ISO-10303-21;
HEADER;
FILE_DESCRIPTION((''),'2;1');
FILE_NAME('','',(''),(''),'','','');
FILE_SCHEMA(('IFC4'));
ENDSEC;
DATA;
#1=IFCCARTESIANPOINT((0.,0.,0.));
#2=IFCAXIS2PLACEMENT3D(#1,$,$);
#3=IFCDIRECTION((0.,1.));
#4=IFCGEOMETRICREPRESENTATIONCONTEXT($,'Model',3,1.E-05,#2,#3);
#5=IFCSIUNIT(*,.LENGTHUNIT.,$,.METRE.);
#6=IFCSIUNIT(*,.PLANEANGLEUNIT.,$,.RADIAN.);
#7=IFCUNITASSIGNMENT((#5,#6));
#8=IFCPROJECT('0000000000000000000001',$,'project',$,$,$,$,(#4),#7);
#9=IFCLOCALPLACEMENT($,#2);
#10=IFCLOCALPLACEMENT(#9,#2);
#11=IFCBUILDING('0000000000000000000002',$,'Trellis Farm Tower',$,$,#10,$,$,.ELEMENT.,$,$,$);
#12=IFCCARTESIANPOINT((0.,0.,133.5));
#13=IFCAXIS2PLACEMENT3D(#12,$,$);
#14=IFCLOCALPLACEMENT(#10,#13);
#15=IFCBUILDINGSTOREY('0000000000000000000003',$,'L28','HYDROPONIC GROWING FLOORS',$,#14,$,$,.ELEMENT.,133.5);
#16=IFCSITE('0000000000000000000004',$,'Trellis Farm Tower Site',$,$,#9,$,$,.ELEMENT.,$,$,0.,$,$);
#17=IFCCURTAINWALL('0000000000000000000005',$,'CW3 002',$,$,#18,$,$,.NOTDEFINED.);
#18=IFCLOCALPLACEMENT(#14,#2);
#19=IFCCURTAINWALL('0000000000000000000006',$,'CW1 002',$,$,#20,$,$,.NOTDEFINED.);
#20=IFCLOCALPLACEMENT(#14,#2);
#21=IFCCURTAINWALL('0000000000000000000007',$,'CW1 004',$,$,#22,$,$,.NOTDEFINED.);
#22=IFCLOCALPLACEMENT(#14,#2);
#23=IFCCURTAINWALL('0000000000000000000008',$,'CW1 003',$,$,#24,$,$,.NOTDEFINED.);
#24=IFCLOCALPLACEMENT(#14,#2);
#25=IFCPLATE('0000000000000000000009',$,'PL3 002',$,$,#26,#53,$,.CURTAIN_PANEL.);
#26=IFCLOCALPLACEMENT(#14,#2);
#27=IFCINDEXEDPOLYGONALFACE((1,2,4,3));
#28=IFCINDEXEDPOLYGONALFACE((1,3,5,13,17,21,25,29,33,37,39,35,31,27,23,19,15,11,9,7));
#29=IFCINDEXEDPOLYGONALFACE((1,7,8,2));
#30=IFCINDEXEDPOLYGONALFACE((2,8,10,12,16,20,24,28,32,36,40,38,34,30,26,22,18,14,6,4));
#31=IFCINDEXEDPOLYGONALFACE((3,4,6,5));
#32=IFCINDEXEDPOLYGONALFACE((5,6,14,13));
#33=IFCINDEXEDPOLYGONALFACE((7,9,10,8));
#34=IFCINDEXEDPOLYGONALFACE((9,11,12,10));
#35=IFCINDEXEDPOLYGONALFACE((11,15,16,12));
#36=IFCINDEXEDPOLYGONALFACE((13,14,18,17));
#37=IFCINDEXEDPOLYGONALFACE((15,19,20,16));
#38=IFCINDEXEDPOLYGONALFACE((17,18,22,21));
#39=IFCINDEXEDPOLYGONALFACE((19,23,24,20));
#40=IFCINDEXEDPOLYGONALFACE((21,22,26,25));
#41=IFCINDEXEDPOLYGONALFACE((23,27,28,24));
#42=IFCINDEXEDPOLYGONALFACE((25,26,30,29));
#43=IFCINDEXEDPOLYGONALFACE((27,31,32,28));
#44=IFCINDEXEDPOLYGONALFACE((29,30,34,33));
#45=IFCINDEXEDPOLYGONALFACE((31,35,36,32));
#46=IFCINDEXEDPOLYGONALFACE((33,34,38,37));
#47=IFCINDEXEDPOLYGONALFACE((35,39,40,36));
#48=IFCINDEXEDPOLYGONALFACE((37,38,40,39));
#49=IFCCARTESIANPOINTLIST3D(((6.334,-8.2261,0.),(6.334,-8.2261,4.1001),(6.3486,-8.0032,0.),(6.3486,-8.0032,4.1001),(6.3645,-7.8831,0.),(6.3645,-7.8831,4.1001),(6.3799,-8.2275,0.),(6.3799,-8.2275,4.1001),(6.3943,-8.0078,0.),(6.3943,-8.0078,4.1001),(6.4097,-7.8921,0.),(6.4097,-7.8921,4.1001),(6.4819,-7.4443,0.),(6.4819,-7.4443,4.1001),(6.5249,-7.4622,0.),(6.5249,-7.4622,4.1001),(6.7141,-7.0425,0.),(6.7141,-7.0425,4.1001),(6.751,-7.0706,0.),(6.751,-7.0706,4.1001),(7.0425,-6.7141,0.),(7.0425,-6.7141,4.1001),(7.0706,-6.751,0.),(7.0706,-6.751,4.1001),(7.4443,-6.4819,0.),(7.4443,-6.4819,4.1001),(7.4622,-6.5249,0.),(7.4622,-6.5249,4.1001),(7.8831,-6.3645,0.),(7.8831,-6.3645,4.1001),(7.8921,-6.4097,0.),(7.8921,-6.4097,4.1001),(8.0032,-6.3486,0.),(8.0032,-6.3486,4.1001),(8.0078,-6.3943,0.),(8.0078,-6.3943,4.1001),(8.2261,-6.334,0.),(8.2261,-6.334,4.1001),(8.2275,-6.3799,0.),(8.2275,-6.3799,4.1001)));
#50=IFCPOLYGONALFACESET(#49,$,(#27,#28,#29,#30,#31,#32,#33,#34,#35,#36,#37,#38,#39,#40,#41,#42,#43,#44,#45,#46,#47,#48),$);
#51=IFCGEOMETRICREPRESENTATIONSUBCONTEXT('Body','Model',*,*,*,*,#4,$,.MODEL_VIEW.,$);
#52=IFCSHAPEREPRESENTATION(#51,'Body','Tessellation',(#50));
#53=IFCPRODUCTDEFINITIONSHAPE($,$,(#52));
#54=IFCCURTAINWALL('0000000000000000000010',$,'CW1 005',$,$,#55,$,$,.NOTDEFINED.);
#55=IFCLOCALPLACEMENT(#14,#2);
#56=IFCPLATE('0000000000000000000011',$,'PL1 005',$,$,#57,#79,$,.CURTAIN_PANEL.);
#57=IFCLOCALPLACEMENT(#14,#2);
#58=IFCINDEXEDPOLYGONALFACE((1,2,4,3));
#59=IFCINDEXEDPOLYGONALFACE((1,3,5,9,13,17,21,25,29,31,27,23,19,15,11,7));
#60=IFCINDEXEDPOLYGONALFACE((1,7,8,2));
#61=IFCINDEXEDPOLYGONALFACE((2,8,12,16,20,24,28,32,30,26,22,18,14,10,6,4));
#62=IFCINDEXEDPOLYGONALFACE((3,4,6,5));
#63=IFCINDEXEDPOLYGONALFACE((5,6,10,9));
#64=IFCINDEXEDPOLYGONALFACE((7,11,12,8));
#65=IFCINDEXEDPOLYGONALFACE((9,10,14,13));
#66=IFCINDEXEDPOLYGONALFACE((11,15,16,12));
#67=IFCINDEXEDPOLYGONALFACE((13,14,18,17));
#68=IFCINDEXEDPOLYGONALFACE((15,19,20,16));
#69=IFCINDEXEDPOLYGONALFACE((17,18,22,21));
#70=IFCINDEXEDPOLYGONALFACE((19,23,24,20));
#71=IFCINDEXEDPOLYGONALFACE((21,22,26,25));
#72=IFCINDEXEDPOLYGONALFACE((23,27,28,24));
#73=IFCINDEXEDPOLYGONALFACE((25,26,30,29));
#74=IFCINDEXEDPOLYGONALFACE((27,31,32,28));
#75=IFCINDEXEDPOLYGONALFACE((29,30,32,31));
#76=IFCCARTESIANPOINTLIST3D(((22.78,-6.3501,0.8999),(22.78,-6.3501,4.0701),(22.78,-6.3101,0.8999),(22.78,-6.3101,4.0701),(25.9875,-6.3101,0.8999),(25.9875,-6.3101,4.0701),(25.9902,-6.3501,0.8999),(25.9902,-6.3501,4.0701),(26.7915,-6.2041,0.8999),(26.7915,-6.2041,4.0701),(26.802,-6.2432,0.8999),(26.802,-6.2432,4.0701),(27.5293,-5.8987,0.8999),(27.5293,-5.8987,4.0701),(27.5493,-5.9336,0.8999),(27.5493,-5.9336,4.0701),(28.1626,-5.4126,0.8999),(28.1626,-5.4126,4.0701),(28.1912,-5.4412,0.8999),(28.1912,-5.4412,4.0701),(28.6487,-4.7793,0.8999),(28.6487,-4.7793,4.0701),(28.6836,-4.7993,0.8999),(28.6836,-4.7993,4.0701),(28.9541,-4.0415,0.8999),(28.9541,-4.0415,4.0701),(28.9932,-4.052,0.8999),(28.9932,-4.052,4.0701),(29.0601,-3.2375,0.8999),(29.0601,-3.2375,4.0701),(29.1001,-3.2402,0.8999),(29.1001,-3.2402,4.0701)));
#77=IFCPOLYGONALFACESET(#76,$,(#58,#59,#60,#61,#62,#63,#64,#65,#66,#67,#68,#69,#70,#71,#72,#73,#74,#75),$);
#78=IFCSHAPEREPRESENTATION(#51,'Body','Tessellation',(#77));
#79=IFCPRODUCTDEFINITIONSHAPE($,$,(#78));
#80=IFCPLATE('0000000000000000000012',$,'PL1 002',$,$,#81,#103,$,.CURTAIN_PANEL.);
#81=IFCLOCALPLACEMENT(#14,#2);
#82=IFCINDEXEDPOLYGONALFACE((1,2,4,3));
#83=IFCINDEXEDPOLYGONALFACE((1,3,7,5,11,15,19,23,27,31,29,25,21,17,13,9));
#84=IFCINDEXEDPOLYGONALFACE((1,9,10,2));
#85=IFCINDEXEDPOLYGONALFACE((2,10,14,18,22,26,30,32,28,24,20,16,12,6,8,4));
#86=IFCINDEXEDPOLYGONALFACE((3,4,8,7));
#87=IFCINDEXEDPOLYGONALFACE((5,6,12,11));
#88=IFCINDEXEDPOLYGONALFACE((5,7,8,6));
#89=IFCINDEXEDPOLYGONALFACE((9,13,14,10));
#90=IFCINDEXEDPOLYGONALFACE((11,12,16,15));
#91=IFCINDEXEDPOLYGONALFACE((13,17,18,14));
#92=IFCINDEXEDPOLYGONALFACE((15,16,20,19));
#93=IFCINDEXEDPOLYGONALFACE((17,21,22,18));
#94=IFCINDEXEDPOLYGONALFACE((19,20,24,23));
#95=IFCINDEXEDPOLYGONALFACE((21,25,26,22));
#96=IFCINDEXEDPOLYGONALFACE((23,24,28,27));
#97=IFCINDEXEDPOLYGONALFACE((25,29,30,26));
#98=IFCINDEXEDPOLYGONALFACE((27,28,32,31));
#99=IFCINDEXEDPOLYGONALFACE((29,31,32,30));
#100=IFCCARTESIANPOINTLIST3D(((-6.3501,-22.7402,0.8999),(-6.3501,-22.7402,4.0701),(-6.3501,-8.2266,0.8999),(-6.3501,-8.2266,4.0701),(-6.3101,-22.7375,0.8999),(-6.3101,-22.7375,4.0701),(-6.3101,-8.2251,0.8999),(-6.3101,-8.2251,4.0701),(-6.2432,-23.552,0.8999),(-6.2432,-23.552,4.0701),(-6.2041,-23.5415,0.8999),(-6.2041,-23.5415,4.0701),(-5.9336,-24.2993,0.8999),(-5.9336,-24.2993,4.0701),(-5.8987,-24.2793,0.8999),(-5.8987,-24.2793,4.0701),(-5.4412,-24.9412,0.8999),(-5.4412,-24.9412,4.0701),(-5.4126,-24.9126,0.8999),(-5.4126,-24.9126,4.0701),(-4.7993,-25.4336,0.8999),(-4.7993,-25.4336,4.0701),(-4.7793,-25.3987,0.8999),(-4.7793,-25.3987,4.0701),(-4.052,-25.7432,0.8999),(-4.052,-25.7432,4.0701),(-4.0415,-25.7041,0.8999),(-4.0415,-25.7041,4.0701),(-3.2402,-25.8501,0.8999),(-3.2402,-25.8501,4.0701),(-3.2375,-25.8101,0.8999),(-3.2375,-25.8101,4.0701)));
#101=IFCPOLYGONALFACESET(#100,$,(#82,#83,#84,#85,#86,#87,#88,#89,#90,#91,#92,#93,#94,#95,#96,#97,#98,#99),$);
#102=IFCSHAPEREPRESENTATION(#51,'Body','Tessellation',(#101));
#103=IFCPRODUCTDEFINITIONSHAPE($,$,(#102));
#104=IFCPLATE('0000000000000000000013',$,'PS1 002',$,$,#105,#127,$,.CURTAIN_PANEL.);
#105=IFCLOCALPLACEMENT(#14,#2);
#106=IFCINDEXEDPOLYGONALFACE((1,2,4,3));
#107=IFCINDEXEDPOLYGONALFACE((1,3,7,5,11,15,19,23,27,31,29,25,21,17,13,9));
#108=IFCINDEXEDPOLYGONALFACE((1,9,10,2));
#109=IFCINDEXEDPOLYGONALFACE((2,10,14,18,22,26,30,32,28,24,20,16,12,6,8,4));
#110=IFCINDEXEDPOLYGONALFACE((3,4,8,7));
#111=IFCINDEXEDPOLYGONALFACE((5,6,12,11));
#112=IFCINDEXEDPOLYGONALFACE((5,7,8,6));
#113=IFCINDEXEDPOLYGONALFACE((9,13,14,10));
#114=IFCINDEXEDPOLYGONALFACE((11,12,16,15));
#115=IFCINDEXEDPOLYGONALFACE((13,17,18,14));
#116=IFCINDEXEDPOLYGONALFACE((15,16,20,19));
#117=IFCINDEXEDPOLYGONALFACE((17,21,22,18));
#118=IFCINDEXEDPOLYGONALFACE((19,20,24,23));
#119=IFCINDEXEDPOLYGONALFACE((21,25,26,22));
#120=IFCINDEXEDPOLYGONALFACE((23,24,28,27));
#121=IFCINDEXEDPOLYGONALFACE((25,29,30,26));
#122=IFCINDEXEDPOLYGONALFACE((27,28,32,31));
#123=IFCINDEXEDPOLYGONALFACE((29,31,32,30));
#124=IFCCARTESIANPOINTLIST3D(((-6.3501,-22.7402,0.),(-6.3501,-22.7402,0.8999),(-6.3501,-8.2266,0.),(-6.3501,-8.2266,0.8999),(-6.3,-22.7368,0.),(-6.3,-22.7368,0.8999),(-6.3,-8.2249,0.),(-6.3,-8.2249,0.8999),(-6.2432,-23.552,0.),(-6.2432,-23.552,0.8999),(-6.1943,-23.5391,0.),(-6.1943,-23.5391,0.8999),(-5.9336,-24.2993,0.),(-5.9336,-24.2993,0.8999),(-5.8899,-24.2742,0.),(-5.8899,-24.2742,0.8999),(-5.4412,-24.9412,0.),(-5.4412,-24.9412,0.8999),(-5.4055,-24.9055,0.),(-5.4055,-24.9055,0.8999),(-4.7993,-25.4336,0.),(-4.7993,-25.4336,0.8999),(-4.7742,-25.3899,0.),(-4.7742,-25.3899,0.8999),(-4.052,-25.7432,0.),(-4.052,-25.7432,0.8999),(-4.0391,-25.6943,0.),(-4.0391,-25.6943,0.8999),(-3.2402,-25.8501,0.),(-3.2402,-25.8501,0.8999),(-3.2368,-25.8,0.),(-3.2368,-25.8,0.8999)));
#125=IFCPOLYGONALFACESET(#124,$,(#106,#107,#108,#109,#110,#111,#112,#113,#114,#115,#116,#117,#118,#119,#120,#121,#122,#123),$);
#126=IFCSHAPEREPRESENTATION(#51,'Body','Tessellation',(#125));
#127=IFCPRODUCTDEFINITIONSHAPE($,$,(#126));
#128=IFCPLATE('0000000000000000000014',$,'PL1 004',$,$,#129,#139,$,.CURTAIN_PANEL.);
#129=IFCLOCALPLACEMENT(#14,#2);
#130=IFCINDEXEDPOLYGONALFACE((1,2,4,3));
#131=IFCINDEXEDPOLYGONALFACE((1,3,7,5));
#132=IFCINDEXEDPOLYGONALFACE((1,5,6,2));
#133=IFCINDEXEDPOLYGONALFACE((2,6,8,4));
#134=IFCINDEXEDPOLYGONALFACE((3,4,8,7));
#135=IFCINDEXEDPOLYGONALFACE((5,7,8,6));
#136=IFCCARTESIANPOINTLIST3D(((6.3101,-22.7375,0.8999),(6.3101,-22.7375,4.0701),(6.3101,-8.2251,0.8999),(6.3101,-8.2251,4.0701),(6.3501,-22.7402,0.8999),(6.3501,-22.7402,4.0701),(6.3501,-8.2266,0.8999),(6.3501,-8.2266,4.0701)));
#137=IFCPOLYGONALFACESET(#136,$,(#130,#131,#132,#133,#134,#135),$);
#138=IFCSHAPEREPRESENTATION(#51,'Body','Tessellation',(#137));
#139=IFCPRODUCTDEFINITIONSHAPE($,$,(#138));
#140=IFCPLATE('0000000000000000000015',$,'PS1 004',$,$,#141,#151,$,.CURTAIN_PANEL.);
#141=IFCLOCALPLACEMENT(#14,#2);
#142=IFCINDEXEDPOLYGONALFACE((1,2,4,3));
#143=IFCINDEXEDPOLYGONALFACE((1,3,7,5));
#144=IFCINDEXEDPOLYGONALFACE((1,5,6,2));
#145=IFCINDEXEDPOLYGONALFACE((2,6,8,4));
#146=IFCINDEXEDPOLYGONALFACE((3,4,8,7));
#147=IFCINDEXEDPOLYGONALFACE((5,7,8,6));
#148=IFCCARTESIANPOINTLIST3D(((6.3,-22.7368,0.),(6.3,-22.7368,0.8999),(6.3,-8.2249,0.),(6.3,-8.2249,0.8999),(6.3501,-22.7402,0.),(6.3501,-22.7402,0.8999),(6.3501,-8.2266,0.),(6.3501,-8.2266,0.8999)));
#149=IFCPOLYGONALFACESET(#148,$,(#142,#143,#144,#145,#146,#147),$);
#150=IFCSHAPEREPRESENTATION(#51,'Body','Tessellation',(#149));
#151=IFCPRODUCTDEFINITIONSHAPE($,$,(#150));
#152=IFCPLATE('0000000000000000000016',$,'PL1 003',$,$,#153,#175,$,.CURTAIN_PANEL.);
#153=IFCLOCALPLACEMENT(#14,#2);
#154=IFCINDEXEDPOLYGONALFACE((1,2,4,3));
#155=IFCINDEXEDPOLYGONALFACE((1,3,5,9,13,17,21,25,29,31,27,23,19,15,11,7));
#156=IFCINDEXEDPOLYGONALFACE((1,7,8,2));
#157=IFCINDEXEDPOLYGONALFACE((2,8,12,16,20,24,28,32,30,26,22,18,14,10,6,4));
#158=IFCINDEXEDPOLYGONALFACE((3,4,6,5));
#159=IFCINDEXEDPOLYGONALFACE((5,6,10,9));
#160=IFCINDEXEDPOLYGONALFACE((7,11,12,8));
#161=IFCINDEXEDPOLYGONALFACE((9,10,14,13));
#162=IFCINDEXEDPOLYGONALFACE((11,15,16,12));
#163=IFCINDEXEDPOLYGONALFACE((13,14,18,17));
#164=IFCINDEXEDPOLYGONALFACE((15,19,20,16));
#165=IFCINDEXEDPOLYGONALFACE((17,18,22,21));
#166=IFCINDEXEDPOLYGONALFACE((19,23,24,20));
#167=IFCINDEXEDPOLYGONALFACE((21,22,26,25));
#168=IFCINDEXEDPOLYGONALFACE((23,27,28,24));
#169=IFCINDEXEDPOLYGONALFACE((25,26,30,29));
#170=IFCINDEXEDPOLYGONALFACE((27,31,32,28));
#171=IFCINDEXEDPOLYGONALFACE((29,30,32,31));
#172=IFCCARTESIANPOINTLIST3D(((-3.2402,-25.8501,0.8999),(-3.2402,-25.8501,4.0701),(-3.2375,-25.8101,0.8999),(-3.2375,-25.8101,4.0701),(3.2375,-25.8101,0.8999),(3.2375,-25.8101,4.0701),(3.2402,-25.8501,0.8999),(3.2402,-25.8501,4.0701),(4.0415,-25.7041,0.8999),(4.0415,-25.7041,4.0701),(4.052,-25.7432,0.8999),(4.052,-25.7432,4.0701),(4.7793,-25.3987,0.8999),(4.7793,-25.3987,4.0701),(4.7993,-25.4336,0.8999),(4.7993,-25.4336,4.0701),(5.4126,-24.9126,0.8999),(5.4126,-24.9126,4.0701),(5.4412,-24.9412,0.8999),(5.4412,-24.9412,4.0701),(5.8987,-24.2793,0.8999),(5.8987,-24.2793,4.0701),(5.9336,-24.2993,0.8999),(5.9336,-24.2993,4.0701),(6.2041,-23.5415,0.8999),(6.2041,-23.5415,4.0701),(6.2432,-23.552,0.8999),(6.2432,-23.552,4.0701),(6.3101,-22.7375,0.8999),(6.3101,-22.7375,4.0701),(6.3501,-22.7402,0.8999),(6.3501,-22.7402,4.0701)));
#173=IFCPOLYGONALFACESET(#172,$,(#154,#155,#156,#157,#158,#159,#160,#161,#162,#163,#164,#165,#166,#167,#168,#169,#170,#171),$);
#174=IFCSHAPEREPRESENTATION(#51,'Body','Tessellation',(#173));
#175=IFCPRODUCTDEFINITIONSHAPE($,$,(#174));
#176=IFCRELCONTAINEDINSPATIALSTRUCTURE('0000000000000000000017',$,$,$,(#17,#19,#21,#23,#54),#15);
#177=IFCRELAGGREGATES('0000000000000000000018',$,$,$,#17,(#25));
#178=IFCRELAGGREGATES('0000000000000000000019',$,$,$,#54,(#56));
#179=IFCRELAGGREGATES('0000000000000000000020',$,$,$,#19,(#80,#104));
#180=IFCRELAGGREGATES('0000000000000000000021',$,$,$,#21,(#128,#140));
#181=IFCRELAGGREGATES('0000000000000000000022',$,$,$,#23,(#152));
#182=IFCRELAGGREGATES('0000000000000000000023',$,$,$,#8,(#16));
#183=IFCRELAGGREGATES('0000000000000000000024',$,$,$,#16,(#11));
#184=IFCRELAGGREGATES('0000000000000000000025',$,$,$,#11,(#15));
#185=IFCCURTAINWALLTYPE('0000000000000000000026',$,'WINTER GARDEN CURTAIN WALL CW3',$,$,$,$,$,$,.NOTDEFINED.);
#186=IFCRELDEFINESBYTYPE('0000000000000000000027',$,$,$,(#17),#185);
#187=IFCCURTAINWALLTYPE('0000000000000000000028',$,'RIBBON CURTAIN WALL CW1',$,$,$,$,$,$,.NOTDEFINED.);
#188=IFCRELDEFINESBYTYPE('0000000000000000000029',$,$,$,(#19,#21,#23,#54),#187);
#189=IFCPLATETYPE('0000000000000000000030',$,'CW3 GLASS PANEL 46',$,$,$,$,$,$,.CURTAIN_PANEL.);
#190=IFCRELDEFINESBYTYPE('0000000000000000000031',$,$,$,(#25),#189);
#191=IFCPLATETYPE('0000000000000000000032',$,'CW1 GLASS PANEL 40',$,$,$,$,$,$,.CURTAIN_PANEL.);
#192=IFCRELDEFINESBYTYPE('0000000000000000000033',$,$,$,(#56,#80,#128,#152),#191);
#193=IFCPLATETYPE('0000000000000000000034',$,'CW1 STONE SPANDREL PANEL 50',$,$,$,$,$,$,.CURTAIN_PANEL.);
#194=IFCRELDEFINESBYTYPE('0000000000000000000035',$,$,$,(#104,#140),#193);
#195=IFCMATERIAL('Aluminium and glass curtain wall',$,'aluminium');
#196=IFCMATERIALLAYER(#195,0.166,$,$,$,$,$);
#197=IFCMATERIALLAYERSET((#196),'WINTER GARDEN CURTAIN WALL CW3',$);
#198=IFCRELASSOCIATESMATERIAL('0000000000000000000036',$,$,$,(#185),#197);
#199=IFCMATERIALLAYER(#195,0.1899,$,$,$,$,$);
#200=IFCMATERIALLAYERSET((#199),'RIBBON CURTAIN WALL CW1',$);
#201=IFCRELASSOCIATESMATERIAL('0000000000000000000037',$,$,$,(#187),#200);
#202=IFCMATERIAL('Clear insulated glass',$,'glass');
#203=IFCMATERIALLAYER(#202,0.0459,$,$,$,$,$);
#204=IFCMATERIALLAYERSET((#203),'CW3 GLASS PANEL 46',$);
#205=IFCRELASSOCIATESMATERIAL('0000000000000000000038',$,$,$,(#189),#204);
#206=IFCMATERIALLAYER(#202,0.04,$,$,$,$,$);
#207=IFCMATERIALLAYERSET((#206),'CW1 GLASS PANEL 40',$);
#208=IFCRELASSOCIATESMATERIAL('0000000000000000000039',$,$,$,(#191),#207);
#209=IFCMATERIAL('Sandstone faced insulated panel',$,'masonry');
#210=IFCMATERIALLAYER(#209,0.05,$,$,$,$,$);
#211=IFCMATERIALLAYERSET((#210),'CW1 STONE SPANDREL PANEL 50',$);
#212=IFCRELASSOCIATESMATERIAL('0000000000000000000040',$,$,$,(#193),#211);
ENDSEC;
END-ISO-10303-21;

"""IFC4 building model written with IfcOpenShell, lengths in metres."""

from ifc_helpers import new_model, si_unit, direction, frame, origin, place, context, subcontext, project, spatial, polyline, outline, extrude, source, transform, mapped, material, layer, layer_set, type_object, element, aggregate, save


model = new_model("IFC4")

# Units and contexts
model_context = context("Model", 3, precision=1e-05, world=origin(), true_north=direction((0.0, 1.0)))
body_context = subcontext(model_context, "Body", "Model", "MODEL_VIEW")
ifc_project = project(units=[si_unit("LENGTHUNIT", "METRE"), si_unit("PLANEANGLEUNIT", "RADIAN")], contexts=[model_context])

# Site, building, storey
site_placement = place(None, origin())
site = spatial("IfcSite", under=ifc_project, at=site_placement, Name="Trellis Farm Tower Site", CompositionType="ELEMENT", RefElevation=0.0)
building_placement = place(site_placement, origin())
building = spatial("IfcBuilding", under=site, at=building_placement, Name="Trellis Farm Tower", CompositionType="ELEMENT")
storey_placement = place(building_placement, frame((0.0, 0.0, 133.5)))
storey = spatial("IfcBuildingStorey", under=building, at=storey_placement, Name="L28", Description="HYDROPONIC GROWING FLOORS", CompositionType="ELEMENT", Elevation=133.5)

# Curtain walls
ifc_material_1 = material(Name="Aluminium and glass curtain wall", Category="aluminium")
ifc_layer_1 = layer(ifc_material_1, 0.166)
ifc_layer_set_1 = layer_set([ifc_layer_1], Name="WINTER GARDEN CURTAIN WALL CW3")
curtain_wall_type_1 = type_object("IfcCurtainWallType", Name="WINTER GARDEN CURTAIN WALL CW3", PredefinedType="NOTDEFINED", material=ifc_layer_set_1)
placement_1 = place(storey_placement, origin())
curtain_wall_1 = element("IfcCurtainWall", 1, at=placement_1, inside=storey, type_object=curtain_wall_type_1, Name="CW3 002", PredefinedType="NOTDEFINED")
ifc_layer_2 = layer(ifc_material_1, 0.1899)
ifc_layer_set_2 = layer_set([ifc_layer_2], Name="RIBBON CURTAIN WALL CW1")
curtain_wall_type_2 = type_object("IfcCurtainWallType", Name="RIBBON CURTAIN WALL CW1", PredefinedType="NOTDEFINED", material=ifc_layer_set_2)
curtain_wall_2 = element("IfcCurtainWall", 2, at=placement_1, inside=storey, type_object=curtain_wall_type_2, Name="CW1 002", PredefinedType="NOTDEFINED")
curtain_wall_3 = element("IfcCurtainWall", 3, at=placement_1, inside=storey, type_object=curtain_wall_type_2, Name="CW1 004", PredefinedType="NOTDEFINED")
curtain_wall_4 = element("IfcCurtainWall", 4, at=placement_1, inside=storey, type_object=curtain_wall_type_2, Name="CW1 003", PredefinedType="NOTDEFINED")

# Plate
ifc_material_2 = material(Name="Clear insulated glass", Category="glass")
ifc_layer_3 = layer(ifc_material_2, 0.0459)
ifc_layer_set_3 = layer_set([ifc_layer_3], Name="CW3 GLASS PANEL 46")
plate_type_1 = type_object("IfcPlateType", Name="CW3 GLASS PANEL 46", PredefinedType="CURTAIN_PANEL", material=ifc_layer_set_3)
shared_shape_1 = source(origin(), body_context, "Body", "SweptSolid", [
    extrude(outline(polyline([(6.3799, -8.2275), (6.3943, -8.0078), (6.4097, -7.8921), (6.5249, -7.4622), (6.751, -7.0706), (7.0706, -6.751), (7.4622, -6.5249), (7.8921, -6.4097), (8.0078, -6.3943), (8.2275, -6.3799), (8.2261, -6.334), (8.0032, -6.3486), (7.8831, -6.3645), (7.4443, -6.4819), (7.0425, -6.7141), (6.7141, -7.0425), (6.4819, -7.4443), (6.3645, -7.8831), (6.3486, -8.0032), (6.334, -8.2261), (6.3799, -8.2275)])), origin(), (0.0, 0.0, 1.0), 4.1001),
])
plate_1 = element("IfcPlate", 5, at=placement_1, type_object=plate_type_1, Name="PL3 002", PredefinedType="CURTAIN_PANEL", context=body_context, shape_type="MappedRepresentation", body=[
    mapped(shared_shape_1, transform((0.0, 0.0, 0.0))),
])
aggregate(curtain_wall_1, [plate_1])

# Curtain wall, plate
curtain_wall_5 = element("IfcCurtainWall", 6, at=placement_1, inside=storey, type_object=curtain_wall_type_2, Name="CW1 005", PredefinedType="NOTDEFINED")
ifc_layer_4 = layer(ifc_material_2, 0.04)
ifc_layer_set_4 = layer_set([ifc_layer_4], Name="CW1 GLASS PANEL 40")
plate_type_2 = type_object("IfcPlateType", Name="CW1 GLASS PANEL 40", PredefinedType="CURTAIN_PANEL", material=ifc_layer_set_4)
shared_shape_2 = source(origin(), body_context, "Body", "SweptSolid", [
    extrude(outline(polyline([(22.78, -6.3501), (25.9902, -6.3501), (26.802, -6.2432), (27.5493, -5.9336), (28.1912, -5.4412), (28.6836, -4.7993), (28.9932, -4.052), (29.1001, -3.2402), (29.0601, -3.2375), (28.9541, -4.0415), (28.6487, -4.7793), (28.1626, -5.4126), (27.5293, -5.8987), (26.7915, -6.2041), (25.9875, -6.3101), (22.78, -6.3101), (22.78, -6.3501)])), origin(), (0.0, 0.0, 1.0), 3.1702),
])
placement_2 = place(storey_placement, frame((0.0, 0.0, 0.8999)))
plate_2 = element("IfcPlate", 7, at=placement_2, type_object=plate_type_2, Name="PL1 005", PredefinedType="CURTAIN_PANEL", context=body_context, shape_type="MappedRepresentation", body=[
    mapped(shared_shape_2, transform((0.0, 0.0, 0.0))),
])
aggregate(curtain_wall_5, [plate_2])

# Plates
shared_shape_3 = source(origin(), body_context, "Body", "SweptSolid", [
    extrude(outline(polyline([(-6.3501, -8.2266), (-6.3501, -22.7402), (-6.2432, -23.552), (-5.9336, -24.2993), (-5.4412, -24.9412), (-4.7993, -25.4336), (-4.052, -25.7432), (-3.2402, -25.8501), (-3.2375, -25.8101), (-4.0415, -25.7041), (-4.7793, -25.3987), (-5.4126, -24.9126), (-5.8987, -24.2793), (-6.2041, -23.5415), (-6.3101, -22.7375), (-6.3101, -8.2251), (-6.3501, -8.2266)])), origin(), (0.0, 0.0, 1.0), 3.1702),
])
plate_3 = element("IfcPlate", 8, at=placement_2, type_object=plate_type_2, Name="PL1 002", PredefinedType="CURTAIN_PANEL", context=body_context, shape_type="MappedRepresentation", body=[
    mapped(shared_shape_3, transform((0.0, 0.0, 0.0))),
])
ifc_material_3 = material(Name="Sandstone faced insulated panel", Category="masonry")
ifc_layer_5 = layer(ifc_material_3, 0.05)
ifc_layer_set_5 = layer_set([ifc_layer_5], Name="CW1 STONE SPANDREL PANEL 50")
plate_type_3 = type_object("IfcPlateType", Name="CW1 STONE SPANDREL PANEL 50", PredefinedType="CURTAIN_PANEL", material=ifc_layer_set_5)
shared_shape_4 = source(origin(), body_context, "Body", "SweptSolid", [
    extrude(outline(polyline([(-6.3501, -8.2266), (-6.3501, -22.7402), (-6.2432, -23.552), (-5.9336, -24.2993), (-5.4412, -24.9412), (-4.7993, -25.4336), (-4.052, -25.7432), (-3.2402, -25.8501), (-3.2368, -25.8), (-4.0391, -25.6943), (-4.7742, -25.3899), (-5.4055, -24.9055), (-5.8899, -24.2742), (-6.1943, -23.5391), (-6.3, -22.7368), (-6.3, -8.2249), (-6.3501, -8.2266)])), origin(), (0.0, 0.0, 1.0), 0.8999),
])
plate_4 = element("IfcPlate", 9, at=placement_1, type_object=plate_type_3, Name="PS1 002", PredefinedType="CURTAIN_PANEL", context=body_context, shape_type="MappedRepresentation", body=[
    mapped(shared_shape_4, transform((0.0, 0.0, 0.0))),
])
aggregate(curtain_wall_2, [plate_3, plate_4])
shared_shape_5 = source(origin(), body_context, "Body", "SweptSolid", [
    extrude(outline(polyline([(6.3501, -22.7402), (6.3501, -8.2266), (6.3101, -8.2251), (6.3101, -22.7375), (6.3501, -22.7402)])), origin(), (0.0, 0.0, 1.0), 3.1702),
])
plate_5 = element("IfcPlate", 10, at=placement_2, type_object=plate_type_2, Name="PL1 004", PredefinedType="CURTAIN_PANEL", context=body_context, shape_type="MappedRepresentation", body=[
    mapped(shared_shape_5, transform((0.0, 0.0, 0.0))),
])
shared_shape_6 = source(origin(), body_context, "Body", "SweptSolid", [
    extrude(outline(polyline([(6.3501, -22.7402), (6.3501, -8.2266), (6.3, -8.2249), (6.3, -22.7368), (6.3501, -22.7402)])), origin(), (0.0, 0.0, 1.0), 0.8999),
])
plate_6 = element("IfcPlate", 11, at=placement_1, type_object=plate_type_3, Name="PS1 004", PredefinedType="CURTAIN_PANEL", context=body_context, shape_type="MappedRepresentation", body=[
    mapped(shared_shape_6, transform((0.0, 0.0, 0.0))),
])
aggregate(curtain_wall_3, [plate_5, plate_6])
shared_shape_7 = source(origin(), body_context, "Body", "SweptSolid", [
    extrude(outline(polyline([(-3.2402, -25.8501), (3.2402, -25.8501), (4.052, -25.7432), (4.7993, -25.4336), (5.4412, -24.9412), (5.9336, -24.2993), (6.2432, -23.552), (6.3501, -22.7402), (6.3101, -22.7375), (6.2041, -23.5415), (5.8987, -24.2793), (5.4126, -24.9126), (4.7793, -25.3987), (4.0415, -25.7041), (3.2375, -25.8101), (-3.2375, -25.8101), (-3.2402, -25.8501)])), origin(), (0.0, 0.0, 1.0), 3.1702),
])
plate_7 = element("IfcPlate", 12, at=placement_2, type_object=plate_type_2, Name="PL1 003", PredefinedType="CURTAIN_PANEL", context=body_context, shape_type="MappedRepresentation", body=[
    mapped(shared_shape_7, transform((0.0, 0.0, 0.0))),
])
aggregate(curtain_wall_4, [plate_7])

save(model, "model.ifc")
